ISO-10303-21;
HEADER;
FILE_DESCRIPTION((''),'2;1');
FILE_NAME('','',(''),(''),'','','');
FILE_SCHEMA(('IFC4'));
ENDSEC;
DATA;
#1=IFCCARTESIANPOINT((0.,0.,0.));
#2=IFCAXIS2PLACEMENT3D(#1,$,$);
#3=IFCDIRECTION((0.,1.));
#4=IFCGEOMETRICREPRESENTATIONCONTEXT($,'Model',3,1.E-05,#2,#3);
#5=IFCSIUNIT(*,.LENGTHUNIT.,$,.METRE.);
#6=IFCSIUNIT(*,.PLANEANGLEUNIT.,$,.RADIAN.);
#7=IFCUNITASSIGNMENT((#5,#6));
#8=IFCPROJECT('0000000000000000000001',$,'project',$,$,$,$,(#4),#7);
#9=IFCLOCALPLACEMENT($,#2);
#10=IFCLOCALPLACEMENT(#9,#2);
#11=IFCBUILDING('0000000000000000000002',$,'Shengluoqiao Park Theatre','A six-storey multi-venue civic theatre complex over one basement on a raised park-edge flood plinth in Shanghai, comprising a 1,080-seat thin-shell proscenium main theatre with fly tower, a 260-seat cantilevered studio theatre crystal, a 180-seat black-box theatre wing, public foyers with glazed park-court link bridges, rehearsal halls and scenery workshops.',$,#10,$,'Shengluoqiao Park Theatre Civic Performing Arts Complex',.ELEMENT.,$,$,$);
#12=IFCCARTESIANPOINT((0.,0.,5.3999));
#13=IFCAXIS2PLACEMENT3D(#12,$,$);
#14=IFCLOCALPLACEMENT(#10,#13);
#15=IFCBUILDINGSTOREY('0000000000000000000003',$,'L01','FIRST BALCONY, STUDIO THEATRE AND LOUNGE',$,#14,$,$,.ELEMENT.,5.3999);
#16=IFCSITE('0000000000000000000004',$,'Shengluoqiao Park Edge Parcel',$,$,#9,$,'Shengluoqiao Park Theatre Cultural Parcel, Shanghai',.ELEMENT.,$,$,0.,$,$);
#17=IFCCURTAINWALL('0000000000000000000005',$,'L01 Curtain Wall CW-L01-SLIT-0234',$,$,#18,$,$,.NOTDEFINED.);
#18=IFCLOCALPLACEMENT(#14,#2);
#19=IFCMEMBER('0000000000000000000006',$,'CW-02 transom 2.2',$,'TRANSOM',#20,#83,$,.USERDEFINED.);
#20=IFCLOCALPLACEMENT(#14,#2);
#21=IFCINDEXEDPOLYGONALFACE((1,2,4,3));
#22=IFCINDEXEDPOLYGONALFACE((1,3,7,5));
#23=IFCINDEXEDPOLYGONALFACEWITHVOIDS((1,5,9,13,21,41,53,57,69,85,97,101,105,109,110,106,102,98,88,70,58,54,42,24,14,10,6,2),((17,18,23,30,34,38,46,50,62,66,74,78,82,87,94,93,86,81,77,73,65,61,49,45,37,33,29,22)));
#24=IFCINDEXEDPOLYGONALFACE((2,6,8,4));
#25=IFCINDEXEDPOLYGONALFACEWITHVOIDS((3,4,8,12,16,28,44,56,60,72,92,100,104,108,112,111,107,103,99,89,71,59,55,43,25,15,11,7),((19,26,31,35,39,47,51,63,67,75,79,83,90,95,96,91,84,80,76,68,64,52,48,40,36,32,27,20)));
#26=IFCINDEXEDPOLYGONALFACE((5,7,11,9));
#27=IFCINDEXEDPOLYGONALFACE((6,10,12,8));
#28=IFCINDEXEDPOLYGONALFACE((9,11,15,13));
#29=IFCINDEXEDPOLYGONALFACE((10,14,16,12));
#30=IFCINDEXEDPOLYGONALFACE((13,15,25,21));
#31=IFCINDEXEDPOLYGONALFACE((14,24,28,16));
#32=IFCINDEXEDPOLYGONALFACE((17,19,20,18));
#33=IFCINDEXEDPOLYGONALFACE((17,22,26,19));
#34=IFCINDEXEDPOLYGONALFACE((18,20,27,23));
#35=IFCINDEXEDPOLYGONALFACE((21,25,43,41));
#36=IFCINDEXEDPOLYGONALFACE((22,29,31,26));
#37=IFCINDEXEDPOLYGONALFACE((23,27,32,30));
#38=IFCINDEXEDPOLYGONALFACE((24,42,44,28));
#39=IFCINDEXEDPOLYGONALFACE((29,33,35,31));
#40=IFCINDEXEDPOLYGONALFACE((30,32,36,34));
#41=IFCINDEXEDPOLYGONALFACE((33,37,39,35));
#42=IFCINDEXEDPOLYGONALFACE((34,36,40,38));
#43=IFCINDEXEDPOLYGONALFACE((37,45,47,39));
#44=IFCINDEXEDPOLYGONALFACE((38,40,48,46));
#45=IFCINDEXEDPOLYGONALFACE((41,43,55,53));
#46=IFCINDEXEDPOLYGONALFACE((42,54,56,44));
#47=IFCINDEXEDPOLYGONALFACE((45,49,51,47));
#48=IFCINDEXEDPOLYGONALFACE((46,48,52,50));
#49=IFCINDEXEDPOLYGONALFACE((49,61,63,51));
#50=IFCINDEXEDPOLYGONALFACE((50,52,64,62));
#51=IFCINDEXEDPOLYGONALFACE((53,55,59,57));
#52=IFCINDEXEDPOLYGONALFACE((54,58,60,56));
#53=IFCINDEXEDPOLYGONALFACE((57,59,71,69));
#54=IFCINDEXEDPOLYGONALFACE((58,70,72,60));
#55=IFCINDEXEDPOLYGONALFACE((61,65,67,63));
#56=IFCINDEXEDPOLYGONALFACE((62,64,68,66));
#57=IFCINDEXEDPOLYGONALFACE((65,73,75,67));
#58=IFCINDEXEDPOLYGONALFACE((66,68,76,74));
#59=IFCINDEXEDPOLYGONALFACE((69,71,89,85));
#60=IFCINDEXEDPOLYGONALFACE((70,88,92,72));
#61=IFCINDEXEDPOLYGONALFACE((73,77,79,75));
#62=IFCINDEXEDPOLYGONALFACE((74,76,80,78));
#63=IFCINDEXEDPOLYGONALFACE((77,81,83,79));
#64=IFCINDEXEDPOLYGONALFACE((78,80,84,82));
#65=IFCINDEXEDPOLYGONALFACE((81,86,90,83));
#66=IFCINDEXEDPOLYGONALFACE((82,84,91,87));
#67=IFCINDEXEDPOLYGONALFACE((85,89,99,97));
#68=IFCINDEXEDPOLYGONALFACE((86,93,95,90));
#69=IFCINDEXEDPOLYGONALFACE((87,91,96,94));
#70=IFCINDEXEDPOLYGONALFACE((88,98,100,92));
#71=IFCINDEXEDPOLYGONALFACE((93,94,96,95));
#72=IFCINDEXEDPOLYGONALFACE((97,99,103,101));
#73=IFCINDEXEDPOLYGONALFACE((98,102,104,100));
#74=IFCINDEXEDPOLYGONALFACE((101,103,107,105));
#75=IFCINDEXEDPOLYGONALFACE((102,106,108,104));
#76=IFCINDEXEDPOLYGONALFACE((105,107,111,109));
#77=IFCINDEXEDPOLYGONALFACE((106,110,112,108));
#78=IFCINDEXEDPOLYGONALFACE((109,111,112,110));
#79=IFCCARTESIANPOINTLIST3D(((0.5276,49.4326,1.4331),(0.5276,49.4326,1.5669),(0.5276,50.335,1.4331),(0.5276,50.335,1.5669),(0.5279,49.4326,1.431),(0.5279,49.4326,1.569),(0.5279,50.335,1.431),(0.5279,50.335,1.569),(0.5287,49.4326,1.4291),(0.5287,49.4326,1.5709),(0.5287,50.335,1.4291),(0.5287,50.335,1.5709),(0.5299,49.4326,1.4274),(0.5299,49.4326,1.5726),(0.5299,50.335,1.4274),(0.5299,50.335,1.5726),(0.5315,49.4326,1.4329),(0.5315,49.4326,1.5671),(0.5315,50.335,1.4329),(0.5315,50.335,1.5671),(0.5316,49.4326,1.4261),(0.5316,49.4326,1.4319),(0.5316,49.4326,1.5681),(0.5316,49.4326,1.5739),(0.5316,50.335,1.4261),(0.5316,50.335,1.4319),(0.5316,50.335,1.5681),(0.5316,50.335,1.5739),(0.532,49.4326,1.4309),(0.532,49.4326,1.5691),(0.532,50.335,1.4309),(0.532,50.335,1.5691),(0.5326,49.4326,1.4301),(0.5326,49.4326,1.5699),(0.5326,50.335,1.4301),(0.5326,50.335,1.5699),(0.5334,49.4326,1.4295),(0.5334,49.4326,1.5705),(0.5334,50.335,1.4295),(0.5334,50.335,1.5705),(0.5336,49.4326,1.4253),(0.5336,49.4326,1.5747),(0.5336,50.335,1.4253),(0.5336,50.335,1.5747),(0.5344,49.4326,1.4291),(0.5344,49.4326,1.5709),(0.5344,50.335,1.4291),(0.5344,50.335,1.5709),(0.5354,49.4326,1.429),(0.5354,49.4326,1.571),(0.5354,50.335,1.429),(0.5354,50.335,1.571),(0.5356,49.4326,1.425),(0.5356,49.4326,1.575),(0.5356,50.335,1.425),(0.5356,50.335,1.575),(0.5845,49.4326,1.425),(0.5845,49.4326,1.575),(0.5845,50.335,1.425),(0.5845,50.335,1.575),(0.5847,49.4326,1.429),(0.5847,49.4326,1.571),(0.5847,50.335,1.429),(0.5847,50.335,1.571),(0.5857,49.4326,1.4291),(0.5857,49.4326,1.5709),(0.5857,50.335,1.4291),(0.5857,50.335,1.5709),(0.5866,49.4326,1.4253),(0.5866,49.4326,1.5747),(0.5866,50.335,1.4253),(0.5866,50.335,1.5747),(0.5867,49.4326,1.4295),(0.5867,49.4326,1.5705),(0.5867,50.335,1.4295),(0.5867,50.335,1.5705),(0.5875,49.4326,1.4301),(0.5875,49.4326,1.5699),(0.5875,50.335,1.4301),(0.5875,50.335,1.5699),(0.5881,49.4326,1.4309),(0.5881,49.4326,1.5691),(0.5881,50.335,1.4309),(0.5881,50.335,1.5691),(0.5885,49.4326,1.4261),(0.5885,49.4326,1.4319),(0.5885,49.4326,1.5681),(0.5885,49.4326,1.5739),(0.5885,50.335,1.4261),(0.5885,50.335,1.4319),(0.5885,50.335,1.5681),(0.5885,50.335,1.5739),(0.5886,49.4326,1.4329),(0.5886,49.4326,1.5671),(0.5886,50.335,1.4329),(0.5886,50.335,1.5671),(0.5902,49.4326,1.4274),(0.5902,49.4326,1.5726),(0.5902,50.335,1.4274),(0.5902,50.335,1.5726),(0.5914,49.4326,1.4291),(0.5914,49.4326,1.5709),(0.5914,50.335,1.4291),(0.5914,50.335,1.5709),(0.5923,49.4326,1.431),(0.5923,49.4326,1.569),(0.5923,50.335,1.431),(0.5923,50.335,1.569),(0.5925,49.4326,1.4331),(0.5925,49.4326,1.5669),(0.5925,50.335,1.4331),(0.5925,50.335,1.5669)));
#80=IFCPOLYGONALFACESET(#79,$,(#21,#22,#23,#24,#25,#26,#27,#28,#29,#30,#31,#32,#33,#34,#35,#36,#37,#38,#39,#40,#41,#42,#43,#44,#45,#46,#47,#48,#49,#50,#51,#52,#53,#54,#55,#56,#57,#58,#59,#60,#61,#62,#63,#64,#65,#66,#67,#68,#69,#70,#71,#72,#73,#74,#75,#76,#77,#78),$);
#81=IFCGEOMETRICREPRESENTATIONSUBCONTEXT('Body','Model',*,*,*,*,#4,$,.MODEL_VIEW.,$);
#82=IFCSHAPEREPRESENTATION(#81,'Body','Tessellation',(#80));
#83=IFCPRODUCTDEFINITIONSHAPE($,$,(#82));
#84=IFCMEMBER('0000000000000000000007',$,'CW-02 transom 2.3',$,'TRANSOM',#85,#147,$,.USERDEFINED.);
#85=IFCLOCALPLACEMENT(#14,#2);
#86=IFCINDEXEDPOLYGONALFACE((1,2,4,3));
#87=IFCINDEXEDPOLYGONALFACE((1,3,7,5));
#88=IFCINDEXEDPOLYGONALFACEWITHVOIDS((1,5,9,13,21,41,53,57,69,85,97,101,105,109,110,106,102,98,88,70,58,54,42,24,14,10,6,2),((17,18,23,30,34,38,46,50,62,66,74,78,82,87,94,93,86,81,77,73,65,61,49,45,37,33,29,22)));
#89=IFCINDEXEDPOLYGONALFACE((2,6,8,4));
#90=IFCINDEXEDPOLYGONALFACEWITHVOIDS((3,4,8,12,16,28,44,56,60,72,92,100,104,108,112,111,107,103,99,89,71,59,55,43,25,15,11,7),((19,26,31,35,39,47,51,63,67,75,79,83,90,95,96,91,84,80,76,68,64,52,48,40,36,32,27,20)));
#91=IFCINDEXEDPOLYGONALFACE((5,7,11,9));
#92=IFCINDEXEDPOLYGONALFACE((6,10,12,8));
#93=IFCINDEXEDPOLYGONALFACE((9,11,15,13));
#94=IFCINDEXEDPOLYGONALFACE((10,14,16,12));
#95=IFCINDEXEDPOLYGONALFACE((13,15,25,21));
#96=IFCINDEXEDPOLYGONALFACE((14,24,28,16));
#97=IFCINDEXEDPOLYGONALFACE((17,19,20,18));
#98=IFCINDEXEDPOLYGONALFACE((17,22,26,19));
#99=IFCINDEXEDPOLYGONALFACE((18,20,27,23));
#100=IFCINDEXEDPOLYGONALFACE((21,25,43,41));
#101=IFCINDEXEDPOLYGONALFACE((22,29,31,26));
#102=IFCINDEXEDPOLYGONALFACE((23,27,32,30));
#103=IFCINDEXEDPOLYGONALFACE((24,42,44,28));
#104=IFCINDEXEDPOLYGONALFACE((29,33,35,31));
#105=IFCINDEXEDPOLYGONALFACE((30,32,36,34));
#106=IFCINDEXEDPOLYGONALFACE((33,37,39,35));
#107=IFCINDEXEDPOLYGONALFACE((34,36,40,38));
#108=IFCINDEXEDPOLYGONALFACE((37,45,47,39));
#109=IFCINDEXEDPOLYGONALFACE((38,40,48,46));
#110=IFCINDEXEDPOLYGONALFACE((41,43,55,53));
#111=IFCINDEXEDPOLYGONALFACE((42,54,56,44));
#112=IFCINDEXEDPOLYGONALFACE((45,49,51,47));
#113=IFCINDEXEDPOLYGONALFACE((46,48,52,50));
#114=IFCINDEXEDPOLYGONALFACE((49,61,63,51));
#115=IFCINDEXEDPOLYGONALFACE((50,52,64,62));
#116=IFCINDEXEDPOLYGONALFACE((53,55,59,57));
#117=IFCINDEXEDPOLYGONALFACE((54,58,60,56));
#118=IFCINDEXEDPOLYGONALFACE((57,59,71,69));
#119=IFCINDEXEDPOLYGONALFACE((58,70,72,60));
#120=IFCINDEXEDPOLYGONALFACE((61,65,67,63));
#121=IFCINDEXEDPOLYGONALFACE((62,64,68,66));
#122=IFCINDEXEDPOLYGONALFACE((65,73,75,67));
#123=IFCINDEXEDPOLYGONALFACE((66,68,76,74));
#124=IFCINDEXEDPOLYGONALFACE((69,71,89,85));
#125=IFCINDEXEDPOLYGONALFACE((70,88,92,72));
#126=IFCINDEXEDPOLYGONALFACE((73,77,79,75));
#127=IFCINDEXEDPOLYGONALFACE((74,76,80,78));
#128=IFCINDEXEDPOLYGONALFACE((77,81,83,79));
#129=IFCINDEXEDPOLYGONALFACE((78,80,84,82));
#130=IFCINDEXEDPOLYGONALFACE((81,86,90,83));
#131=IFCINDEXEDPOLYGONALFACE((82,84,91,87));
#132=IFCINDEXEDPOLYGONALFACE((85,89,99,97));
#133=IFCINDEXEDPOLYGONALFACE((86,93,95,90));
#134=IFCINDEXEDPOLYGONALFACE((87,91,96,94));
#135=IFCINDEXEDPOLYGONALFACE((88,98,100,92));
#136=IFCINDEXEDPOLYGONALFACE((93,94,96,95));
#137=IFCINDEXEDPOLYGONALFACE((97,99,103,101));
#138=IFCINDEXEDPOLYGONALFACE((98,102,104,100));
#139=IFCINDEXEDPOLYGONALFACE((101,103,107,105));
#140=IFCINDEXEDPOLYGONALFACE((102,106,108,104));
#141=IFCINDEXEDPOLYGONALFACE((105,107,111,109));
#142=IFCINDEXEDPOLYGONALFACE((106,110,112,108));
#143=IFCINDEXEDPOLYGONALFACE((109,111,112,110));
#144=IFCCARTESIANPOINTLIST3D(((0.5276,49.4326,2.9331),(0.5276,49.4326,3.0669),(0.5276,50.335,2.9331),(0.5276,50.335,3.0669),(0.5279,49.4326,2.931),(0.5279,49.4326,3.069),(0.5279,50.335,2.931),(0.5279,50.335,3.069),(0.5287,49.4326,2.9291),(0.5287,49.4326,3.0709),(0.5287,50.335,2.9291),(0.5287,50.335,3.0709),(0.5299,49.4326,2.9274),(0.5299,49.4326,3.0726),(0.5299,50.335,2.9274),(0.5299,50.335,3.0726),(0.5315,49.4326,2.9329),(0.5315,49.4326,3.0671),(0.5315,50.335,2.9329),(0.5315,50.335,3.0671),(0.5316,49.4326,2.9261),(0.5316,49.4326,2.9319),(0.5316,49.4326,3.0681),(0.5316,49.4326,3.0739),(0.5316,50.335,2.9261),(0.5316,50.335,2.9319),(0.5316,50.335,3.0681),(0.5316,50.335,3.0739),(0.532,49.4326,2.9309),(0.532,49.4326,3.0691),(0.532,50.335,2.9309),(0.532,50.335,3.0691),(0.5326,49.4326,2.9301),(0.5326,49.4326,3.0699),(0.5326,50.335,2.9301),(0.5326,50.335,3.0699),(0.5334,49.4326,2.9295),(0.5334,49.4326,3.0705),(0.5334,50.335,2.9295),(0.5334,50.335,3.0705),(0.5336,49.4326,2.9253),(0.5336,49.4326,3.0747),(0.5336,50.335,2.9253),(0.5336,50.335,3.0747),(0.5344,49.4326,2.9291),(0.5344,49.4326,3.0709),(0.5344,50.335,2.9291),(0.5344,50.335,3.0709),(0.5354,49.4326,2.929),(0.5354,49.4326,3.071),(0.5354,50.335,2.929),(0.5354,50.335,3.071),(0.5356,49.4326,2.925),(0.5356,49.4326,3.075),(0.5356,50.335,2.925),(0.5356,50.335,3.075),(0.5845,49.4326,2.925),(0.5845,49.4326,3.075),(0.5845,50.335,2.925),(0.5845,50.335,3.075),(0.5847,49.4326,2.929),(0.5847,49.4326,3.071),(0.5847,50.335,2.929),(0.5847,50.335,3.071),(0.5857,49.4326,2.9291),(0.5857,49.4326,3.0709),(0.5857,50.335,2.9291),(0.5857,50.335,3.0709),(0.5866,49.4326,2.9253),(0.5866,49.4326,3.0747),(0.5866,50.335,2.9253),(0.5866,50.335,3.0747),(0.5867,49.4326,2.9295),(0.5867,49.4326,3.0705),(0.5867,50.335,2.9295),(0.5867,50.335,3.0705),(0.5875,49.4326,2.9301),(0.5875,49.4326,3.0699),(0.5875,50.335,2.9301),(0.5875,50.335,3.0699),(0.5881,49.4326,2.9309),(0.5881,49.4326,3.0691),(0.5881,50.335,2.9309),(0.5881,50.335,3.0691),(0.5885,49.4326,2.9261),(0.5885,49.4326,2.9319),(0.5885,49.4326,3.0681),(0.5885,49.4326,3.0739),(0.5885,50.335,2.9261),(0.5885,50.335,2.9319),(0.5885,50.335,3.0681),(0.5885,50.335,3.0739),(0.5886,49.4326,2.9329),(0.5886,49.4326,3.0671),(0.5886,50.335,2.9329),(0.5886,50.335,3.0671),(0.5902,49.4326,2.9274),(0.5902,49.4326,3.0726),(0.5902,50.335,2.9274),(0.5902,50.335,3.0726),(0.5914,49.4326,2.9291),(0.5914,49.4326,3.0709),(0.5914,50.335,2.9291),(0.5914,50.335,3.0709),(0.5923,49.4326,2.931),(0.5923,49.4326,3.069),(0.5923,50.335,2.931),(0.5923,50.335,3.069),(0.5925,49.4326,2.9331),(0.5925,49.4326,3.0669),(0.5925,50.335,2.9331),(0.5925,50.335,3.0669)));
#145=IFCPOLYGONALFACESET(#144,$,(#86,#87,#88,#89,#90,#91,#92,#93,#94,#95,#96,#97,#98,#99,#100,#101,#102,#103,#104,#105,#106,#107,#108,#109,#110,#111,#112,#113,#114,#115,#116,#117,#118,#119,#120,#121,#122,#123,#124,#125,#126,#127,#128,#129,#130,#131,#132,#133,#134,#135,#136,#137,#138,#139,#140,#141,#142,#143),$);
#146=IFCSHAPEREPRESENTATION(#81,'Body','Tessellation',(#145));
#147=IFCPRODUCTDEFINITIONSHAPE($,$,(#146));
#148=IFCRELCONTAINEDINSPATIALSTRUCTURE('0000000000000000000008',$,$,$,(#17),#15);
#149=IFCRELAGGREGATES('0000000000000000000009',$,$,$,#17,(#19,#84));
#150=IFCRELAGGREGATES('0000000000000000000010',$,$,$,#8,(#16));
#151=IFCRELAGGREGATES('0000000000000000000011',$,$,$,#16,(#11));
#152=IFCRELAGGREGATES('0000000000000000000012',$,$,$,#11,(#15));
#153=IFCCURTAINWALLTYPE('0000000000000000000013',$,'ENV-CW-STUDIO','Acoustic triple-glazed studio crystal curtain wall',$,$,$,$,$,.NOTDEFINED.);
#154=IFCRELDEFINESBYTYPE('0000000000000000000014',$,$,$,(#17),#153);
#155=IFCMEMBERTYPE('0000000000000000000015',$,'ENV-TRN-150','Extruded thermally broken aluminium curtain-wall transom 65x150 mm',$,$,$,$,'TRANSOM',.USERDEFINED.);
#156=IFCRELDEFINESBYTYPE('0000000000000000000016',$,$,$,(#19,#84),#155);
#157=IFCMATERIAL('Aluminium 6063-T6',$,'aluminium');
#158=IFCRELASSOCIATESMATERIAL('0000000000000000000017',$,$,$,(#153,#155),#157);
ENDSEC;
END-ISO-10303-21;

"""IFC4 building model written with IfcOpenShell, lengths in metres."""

from ifc_helpers import new_model, si_unit, direction, frame, origin, origin_2d, place, context, subcontext, project, spatial, hollow_rectangle, extrude, material, material_profile, profile_set, type_object, element, aggregate, save


model = new_model("IFC4")

# Units and contexts
model_context = context("Model", 3, precision=1e-05, world=origin(), true_north=direction((0.0, 1.0)))
body_context = subcontext(model_context, "Body", "Model", "MODEL_VIEW")
ifc_project = project(units=[si_unit("LENGTHUNIT", "METRE"), si_unit("PLANEANGLEUNIT", "RADIAN")], contexts=[model_context])

# Site, building, storey
site_placement = place(None, origin())
site = spatial("IfcSite", under=ifc_project, at=site_placement, Name="Shengluoqiao Park Edge Parcel", LongName="Shengluoqiao Park Theatre Cultural Parcel, Shanghai", CompositionType="ELEMENT", RefElevation=0.0)
building_placement = place(site_placement, origin())
building = spatial("IfcBuilding", under=site, at=building_placement, Name="Shengluoqiao Park Theatre", Description="A six-storey multi-venue civic theatre complex over one basement on a raised park-edge flood plinth in Shanghai, comprising a 1,080-seat thin-shell proscenium main theatre with fly tower, a 260-seat cantilevered studio theatre crystal, a 180-seat black-box theatre wing, public foyers with glazed park-court link bridges, rehearsal halls and scenery workshops.", LongName="Shengluoqiao Park Theatre Civic Performing Arts Complex", CompositionType="ELEMENT")
storey_placement = place(building_placement, frame((0.0, 0.0, 5.3999)))
storey = spatial("IfcBuildingStorey", under=building, at=storey_placement, Name="L01", Description="FIRST BALCONY, STUDIO THEATRE AND LOUNGE", CompositionType="ELEMENT", Elevation=5.3999)

# Curtain wall, members
ifc_material_1 = material(Name="Aluminium 6063-T6", Category="aluminium")
curtain_wall_type = type_object("IfcCurtainWallType", Name="ENV-CW-STUDIO", Description="Acoustic triple-glazed studio crystal curtain wall", PredefinedType="NOTDEFINED", material=ifc_material_1)
curtain_wall_placement = place(storey_placement, origin())
curtain_wall = element("IfcCurtainWall", 1, at=curtain_wall_placement, inside=storey, type_object=curtain_wall_type, Name="L01 Curtain Wall CW-L01-SLIT-0234", PredefinedType="NOTDEFINED")
ifc_material_profile_1 = material_profile(ifc_material_1, hollow_rectangle(XDim=0.0649, YDim=0.1499, WallThickness=0.0039, InnerFilletRadius=0.0039, OuterFilletRadius=0.0081, at=origin_2d()), Name="ALU TRANSOM 150x65x4")
ifc_profile_set_1 = profile_set([ifc_material_profile_1], Name="Aluminium 6063-T6")
member_type_1 = type_object("IfcMemberType", Name="ENV-TRN-150", Description="Extruded thermally broken aluminium curtain-wall transom 65x150 mm", ElementType="TRANSOM", PredefinedType="USERDEFINED", material=ifc_profile_set_1)
member_1_placement = place(storey_placement, frame((0.5601, 49.4326, 1.5), z_axis=(0.0, 1.0, 0.0), x_axis=(-1.0, 0.0, 0.0)))
member_1 = element("IfcMember", 2, at=member_1_placement, type_object=member_type_1, Name="CW-02 transom 2.2", ObjectType="TRANSOM", PredefinedType="USERDEFINED", context=body_context, shape_type="SweptSolid", body=[
    extrude(hollow_rectangle(XDim=0.0649, YDim=0.1499, WallThickness=0.0039, InnerFilletRadius=0.0039, OuterFilletRadius=0.0081, at=origin_2d()), origin(), (0.0, 0.0, 1.0), 0.9023),
])
member_2_placement = place(storey_placement, frame((0.5601, 49.4326, 3.0), z_axis=(0.0, 1.0, 0.0), x_axis=(-1.0, 0.0, 0.0)))
member_2 = element("IfcMember", 3, at=member_2_placement, type_object=member_type_1, Name="CW-02 transom 2.3", ObjectType="TRANSOM", PredefinedType="USERDEFINED", context=body_context, shape_type="SweptSolid", body=[
    extrude(hollow_rectangle(XDim=0.0649, YDim=0.1499, WallThickness=0.0039, InnerFilletRadius=0.0039, OuterFilletRadius=0.0081, at=origin_2d()), origin(), (0.0, 0.0, 1.0), 0.9023),
])

aggregate(curtain_wall, [member_1, member_2])

save(model, "model.ifc")
